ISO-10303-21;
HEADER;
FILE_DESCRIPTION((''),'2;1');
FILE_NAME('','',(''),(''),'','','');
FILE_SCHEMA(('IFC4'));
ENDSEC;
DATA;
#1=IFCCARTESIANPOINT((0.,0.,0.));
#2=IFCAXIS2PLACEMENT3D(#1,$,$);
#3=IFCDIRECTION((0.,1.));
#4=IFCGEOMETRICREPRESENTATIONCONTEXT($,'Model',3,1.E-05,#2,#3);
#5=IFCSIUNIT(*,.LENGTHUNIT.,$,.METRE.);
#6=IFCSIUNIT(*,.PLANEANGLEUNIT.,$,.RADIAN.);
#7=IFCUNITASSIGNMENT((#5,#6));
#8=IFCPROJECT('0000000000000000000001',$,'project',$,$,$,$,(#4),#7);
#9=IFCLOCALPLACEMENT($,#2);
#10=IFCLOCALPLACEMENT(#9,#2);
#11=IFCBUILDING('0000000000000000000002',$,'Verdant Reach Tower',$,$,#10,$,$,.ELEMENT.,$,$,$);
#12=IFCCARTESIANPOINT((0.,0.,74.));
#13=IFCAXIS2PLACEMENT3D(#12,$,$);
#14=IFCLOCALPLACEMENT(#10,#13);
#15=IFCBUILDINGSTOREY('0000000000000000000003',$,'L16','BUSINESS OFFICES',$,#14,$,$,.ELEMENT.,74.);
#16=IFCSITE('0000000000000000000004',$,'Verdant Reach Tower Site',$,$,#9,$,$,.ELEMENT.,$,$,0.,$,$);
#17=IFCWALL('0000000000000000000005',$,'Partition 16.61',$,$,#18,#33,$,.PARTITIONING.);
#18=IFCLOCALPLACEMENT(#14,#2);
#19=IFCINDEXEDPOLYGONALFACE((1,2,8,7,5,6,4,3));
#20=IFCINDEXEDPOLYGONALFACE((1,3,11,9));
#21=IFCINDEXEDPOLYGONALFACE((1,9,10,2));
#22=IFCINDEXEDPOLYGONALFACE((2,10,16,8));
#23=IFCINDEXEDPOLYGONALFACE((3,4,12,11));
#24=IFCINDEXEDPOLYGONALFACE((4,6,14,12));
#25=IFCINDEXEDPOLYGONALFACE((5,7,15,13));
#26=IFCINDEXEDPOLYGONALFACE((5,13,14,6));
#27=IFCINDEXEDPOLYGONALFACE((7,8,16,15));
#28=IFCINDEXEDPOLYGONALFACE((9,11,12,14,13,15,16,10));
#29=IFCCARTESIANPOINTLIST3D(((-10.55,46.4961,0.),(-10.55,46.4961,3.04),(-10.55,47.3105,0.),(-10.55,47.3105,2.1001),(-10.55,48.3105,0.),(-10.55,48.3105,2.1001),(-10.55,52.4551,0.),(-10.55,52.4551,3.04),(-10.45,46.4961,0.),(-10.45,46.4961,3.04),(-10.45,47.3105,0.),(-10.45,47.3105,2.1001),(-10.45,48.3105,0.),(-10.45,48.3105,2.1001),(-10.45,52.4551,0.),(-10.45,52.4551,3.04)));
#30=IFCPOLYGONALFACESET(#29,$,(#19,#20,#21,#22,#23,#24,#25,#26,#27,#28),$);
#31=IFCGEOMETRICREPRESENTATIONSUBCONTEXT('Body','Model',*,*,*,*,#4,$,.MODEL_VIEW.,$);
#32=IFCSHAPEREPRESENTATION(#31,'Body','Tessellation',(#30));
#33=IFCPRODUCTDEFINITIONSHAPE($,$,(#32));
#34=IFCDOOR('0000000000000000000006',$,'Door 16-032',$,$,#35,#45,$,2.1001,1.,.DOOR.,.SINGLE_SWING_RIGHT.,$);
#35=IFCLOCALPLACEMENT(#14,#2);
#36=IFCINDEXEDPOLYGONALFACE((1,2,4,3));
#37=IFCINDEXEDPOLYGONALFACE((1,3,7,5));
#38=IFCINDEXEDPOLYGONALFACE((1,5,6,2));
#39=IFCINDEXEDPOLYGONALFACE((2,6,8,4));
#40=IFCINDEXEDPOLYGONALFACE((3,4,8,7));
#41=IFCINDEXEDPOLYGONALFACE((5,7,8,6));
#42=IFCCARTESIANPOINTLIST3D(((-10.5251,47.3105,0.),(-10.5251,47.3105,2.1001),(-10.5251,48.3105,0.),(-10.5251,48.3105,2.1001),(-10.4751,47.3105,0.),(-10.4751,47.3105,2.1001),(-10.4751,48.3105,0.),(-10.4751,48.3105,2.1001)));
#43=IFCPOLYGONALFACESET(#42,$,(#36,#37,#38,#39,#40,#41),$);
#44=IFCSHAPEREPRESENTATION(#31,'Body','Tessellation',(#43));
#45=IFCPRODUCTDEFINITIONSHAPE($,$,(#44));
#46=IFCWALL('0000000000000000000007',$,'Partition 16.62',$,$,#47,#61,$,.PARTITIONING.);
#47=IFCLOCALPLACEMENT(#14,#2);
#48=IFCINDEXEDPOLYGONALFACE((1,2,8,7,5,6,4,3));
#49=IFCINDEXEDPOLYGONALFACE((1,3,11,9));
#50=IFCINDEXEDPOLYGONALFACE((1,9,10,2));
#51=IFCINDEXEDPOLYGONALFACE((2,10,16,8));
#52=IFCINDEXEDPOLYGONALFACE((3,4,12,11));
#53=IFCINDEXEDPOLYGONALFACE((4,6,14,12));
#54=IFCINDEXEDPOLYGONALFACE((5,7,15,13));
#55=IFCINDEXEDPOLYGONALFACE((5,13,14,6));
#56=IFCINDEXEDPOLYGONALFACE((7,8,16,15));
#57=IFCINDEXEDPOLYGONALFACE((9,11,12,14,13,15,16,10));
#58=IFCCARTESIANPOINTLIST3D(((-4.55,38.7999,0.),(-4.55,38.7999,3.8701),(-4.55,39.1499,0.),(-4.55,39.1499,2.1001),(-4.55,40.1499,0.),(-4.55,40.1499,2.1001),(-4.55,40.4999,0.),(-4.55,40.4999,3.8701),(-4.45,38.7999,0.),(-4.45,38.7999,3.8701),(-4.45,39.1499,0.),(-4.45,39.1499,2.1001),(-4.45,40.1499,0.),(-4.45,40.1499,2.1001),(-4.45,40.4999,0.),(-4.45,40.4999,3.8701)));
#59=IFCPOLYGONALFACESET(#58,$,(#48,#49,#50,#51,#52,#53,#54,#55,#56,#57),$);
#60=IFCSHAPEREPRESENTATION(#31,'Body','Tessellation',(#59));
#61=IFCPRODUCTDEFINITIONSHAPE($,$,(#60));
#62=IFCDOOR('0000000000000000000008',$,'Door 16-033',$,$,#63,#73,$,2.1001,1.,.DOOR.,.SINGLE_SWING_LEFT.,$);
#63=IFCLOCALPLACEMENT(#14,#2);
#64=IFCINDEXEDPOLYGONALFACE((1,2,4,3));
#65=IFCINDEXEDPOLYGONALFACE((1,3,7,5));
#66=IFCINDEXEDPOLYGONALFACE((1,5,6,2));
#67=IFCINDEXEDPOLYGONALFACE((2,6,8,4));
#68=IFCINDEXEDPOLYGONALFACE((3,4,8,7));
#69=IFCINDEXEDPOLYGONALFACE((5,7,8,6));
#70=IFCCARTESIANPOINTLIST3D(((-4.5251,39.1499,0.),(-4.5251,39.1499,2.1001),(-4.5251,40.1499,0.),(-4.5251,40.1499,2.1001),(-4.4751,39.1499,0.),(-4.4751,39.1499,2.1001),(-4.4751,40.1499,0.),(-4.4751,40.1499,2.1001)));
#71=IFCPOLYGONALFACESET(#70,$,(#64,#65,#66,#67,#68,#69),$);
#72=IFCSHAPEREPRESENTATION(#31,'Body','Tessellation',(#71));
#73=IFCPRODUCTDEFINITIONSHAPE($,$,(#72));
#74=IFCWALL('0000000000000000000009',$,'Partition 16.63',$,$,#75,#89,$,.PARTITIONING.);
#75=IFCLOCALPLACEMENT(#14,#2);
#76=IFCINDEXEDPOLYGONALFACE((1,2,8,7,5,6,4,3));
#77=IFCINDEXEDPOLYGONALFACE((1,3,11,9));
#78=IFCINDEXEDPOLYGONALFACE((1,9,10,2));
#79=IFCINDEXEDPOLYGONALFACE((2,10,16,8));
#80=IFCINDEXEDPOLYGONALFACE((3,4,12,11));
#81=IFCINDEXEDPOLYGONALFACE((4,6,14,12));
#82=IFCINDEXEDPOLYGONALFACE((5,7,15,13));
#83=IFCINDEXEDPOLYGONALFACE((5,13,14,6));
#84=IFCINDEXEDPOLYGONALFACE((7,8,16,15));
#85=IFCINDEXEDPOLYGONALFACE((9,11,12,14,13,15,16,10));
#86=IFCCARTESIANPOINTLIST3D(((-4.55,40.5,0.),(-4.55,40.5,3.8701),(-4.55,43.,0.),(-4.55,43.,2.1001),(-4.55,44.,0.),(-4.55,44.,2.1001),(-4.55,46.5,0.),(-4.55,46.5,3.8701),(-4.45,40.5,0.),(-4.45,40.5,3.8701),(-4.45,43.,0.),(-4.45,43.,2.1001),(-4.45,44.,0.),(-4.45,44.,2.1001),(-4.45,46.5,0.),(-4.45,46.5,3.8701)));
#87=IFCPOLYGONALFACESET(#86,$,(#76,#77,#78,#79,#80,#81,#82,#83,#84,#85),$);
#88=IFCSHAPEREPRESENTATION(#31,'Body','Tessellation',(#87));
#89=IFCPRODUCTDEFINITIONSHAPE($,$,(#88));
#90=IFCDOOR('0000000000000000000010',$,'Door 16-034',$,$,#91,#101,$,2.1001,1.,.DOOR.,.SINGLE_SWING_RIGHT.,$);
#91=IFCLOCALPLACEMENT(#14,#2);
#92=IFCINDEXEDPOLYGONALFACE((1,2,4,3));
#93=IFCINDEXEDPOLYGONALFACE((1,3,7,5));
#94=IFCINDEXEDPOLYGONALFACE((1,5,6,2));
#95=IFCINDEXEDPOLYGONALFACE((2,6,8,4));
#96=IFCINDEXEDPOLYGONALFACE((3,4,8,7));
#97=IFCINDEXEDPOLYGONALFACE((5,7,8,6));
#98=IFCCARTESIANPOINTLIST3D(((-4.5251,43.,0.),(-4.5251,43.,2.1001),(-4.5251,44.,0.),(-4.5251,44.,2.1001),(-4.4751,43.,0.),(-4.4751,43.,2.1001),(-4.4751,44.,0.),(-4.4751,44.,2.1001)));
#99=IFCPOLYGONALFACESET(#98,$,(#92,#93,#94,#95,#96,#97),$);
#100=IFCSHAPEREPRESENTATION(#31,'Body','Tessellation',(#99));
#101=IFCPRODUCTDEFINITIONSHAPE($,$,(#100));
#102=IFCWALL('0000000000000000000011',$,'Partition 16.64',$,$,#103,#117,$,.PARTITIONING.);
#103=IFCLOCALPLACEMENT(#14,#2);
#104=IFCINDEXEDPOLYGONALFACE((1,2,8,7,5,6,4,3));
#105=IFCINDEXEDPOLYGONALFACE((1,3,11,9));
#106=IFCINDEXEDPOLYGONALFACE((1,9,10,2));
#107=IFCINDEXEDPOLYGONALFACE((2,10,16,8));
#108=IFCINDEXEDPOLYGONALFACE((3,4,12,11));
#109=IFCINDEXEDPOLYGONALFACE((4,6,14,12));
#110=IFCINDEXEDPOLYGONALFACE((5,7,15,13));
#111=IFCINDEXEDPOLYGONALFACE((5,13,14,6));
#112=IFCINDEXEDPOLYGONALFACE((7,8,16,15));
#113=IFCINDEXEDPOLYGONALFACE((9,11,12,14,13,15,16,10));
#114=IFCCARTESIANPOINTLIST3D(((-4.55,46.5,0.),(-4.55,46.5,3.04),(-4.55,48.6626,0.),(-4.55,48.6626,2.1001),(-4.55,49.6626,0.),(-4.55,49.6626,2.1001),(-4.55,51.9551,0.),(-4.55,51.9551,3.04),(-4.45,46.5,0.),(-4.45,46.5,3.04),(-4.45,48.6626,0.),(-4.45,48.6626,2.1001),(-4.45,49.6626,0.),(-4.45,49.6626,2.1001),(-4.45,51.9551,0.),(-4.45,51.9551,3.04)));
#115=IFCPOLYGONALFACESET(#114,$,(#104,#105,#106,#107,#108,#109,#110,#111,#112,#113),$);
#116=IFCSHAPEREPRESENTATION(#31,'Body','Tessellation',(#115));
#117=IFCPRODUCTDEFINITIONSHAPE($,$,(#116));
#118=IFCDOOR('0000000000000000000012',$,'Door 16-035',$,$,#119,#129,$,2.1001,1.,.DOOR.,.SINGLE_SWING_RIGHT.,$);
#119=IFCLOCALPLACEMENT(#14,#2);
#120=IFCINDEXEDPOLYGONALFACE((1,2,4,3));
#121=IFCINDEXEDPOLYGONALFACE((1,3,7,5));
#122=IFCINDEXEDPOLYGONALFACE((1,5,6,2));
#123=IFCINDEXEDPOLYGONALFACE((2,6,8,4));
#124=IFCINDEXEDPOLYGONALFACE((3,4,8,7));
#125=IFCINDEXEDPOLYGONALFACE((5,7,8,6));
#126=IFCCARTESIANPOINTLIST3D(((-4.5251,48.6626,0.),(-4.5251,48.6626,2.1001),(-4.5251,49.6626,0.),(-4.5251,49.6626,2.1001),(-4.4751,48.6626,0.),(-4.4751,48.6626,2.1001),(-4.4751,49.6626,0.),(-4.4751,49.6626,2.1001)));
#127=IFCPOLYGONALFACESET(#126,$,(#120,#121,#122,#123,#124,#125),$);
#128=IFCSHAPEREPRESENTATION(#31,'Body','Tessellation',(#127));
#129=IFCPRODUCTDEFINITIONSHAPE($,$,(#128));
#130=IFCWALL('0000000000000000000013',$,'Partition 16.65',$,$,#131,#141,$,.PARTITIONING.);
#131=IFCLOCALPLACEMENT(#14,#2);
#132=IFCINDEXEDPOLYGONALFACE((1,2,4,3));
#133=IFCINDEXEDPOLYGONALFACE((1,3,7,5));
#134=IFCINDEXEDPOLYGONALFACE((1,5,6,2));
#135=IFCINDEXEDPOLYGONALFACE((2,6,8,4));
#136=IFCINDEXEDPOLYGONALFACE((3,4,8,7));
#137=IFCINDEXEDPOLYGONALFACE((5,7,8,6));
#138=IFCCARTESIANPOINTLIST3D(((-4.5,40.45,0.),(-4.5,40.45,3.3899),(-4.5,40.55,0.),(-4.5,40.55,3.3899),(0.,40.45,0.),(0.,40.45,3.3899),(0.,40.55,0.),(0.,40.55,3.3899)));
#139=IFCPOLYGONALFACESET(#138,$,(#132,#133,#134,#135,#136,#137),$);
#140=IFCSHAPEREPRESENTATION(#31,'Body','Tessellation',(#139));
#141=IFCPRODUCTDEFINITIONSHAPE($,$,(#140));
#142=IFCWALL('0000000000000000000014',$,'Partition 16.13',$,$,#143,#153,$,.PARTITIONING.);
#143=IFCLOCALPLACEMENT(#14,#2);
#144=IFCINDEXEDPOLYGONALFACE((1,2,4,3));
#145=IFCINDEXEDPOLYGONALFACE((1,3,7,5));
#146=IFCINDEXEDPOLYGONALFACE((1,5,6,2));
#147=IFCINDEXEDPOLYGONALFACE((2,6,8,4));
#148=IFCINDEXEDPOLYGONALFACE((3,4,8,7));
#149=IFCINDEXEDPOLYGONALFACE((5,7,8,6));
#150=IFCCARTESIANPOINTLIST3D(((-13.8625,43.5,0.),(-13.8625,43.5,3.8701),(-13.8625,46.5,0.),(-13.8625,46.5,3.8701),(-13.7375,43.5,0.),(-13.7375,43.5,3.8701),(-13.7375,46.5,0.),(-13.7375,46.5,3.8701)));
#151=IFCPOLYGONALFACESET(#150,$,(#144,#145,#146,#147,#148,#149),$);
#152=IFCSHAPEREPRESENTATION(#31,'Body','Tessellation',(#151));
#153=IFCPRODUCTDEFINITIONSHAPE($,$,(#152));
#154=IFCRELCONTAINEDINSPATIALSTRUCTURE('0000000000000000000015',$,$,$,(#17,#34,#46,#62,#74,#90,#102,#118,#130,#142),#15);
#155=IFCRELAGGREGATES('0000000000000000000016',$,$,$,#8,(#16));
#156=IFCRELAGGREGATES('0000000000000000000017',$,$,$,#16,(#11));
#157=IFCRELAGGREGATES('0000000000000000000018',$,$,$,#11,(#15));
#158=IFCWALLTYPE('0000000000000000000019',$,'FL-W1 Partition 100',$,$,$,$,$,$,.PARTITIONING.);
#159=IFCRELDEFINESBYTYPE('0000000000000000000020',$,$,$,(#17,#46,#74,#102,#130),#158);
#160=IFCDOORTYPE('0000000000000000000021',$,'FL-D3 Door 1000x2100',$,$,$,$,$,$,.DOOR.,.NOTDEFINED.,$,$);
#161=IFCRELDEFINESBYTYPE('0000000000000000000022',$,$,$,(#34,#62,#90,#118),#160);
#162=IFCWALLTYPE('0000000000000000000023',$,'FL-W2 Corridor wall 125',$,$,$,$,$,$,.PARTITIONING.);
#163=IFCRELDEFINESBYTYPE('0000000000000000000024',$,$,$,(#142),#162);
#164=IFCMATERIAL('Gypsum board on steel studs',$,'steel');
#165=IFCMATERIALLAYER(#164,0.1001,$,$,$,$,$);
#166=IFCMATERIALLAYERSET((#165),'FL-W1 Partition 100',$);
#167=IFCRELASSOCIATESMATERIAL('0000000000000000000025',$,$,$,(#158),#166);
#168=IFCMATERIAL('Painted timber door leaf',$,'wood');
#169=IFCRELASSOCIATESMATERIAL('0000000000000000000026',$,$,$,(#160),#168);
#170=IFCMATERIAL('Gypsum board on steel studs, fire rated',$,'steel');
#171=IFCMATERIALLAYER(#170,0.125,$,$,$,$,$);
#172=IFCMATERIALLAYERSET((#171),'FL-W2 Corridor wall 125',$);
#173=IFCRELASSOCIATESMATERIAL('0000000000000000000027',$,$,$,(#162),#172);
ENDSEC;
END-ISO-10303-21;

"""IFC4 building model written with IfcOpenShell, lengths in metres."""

from ifc_helpers import new_model, si_unit, direction, frame, frame_2d, origin, place, context, subcontext, project, spatial, rectangle, extrude, material, layer, layer_set, type_object, element, fill, save


model = new_model("IFC4")

# Units and contexts
model_context = context("Model", 3, precision=1e-05, world=origin(), true_north=direction((0.0, 1.0)))
body_context = subcontext(model_context, "Body", "Model", "MODEL_VIEW")
ifc_project = project(units=[si_unit("LENGTHUNIT", "METRE"), si_unit("PLANEANGLEUNIT", "RADIAN")], contexts=[model_context])

# Site, building, storey
site_placement = place(None, origin())
site = spatial("IfcSite", under=ifc_project, at=site_placement, Name="Verdant Reach Tower Site", CompositionType="ELEMENT", RefElevation=0.0)
building_placement = place(site_placement, origin())
building = spatial("IfcBuilding", under=site, at=building_placement, Name="Verdant Reach Tower", CompositionType="ELEMENT")
storey_placement = place(building_placement, frame((0.0, 0.0, 74.0)))
storey = spatial("IfcBuildingStorey", under=building, at=storey_placement, Name="L16", Description="BUSINESS OFFICES", CompositionType="ELEMENT", Elevation=74.0)

# Shared definitions
ifc_material_1 = material(Name="Gypsum board on steel studs", Category="steel")
ifc_layer_1 = layer(ifc_material_1, 0.1001)
ifc_layer_set_1 = layer_set([ifc_layer_1], Name="FL-W1 Partition 100")
wall_type_1 = type_object("IfcWallType", Name="FL-W1 Partition 100", PredefinedType="PARTITIONING", material=ifc_layer_set_1)

# Shared definitions
ifc_material_2 = material(Name="Painted timber door leaf", Category="wood")
door_type_1 = type_object("IfcDoorType", Name="FL-D3 Door 1000x2100", OperationType="NOTDEFINED", PredefinedType="DOOR", material=ifc_material_2)

# Walls, openings, doors
wall_1_placement = place(storey_placement, frame((-10.5, 52.4551, 0.0), z_axis=(0.0, 0.0, 1.0), x_axis=(0.0, -1.0, 0.0)))
wall_1 = element("IfcWall", 1, at=wall_1_placement, inside=storey, type_object=wall_type_1, Name="Partition 16.61", PredefinedType="PARTITIONING", context=body_context, shape_type="SweptSolid", body=[
    extrude(rectangle(XDim=5.959, YDim=0.1001, at=frame_2d((2.9795, 0.0))), origin(), (0.0, 0.0, 1.0), 3.04),
])
opening_1_placement = place(wall_1_placement, frame((4.1445, 0.0, 0.0)))
opening_1 = element("IfcOpeningElement", 2, at=opening_1_placement, cuts=wall_1, PredefinedType="OPENING", context=body_context, shape_type="SweptSolid", body=[
    extrude(rectangle(XDim=1.0, YDim=2.1001, at=frame_2d((0.5, 1.05))), frame((0.0, 0.0601, 0.0), z_axis=(0.0, -1.0, 0.0), x_axis=(1.0, 0.0, 0.0)), (0.0, 0.0, 1.0), 0.1201),
])
door_1_placement = place(opening_1_placement, origin())
door_1 = element("IfcDoor", 3, at=door_1_placement, inside=storey, type_object=door_type_1, Name="Door 16-032", OperationType="SINGLE_SWING_RIGHT", OverallHeight=2.1001, OverallWidth=1.0, PredefinedType="DOOR", context=body_context, shape_type="SweptSolid", body=[
    extrude(rectangle(XDim=1.0, YDim=2.1001, at=frame_2d((0.5, 1.05))), frame((0.0, 0.0249, 0.0), z_axis=(0.0, -1.0, 0.0), x_axis=(1.0, 0.0, 0.0)), (0.0, 0.0, 1.0), 0.05),
])
fill(opening_1, door_1)
wall_2_placement = place(storey_placement, frame((-4.5, 40.5, 0.0), z_axis=(0.0, 0.0, 1.0), x_axis=(0.0, -1.0, 0.0)))
wall_2 = element("IfcWall", 4, at=wall_2_placement, inside=storey, type_object=wall_type_1, Name="Partition 16.62", PredefinedType="PARTITIONING", context=body_context, shape_type="SweptSolid", body=[
    extrude(rectangle(XDim=1.7, YDim=0.1001, at=frame_2d((0.8501, 0.0))), origin(), (0.0, 0.0, 1.0), 3.8701),
])
opening_2_placement = place(wall_2_placement, frame((0.3501, 0.0, 0.0)))
opening_2 = element("IfcOpeningElement", 5, at=opening_2_placement, cuts=wall_2, PredefinedType="OPENING", context=body_context, shape_type="SweptSolid", body=[
    extrude(rectangle(XDim=1.0, YDim=2.1001, at=frame_2d((0.5, 1.05))), frame((0.0, 0.0601, 0.0), z_axis=(0.0, -1.0, 0.0), x_axis=(1.0, 0.0, 0.0)), (0.0, 0.0, 1.0), 0.1201),
])
door_2_placement = place(opening_2_placement, origin())
door_2 = element("IfcDoor", 6, at=door_2_placement, inside=storey, type_object=door_type_1, Name="Door 16-033", OperationType="SINGLE_SWING_LEFT", OverallHeight=2.1001, OverallWidth=1.0, PredefinedType="DOOR", context=body_context, shape_type="SweptSolid", body=[
    extrude(rectangle(XDim=1.0, YDim=2.1001, at=frame_2d((0.5, 1.05))), frame((0.0, 0.0249, 0.0), z_axis=(0.0, -1.0, 0.0), x_axis=(1.0, 0.0, 0.0)), (0.0, 0.0, 1.0), 0.05),
])
fill(opening_2, door_2)
wall_3_placement = place(storey_placement, frame((-4.5, 46.5, 0.0), z_axis=(0.0, 0.0, 1.0), x_axis=(0.0, -1.0, 0.0)))
wall_3 = element("IfcWall", 7, at=wall_3_placement, inside=storey, type_object=wall_type_1, Name="Partition 16.63", PredefinedType="PARTITIONING", context=body_context, shape_type="SweptSolid", body=[
    extrude(rectangle(XDim=6.0, YDim=0.1001, at=frame_2d((3.0, 0.0))), origin(), (0.0, 0.0, 1.0), 3.8701),
])
opening_3_placement = place(wall_3_placement, frame((2.5, 0.0, 0.0)))
opening_3 = element("IfcOpeningElement", 8, at=opening_3_placement, cuts=wall_3, PredefinedType="OPENING", context=body_context, shape_type="SweptSolid", body=[
    extrude(rectangle(XDim=1.0, YDim=2.1001, at=frame_2d((0.5, 1.05))), frame((0.0, 0.0601, 0.0), z_axis=(0.0, -1.0, 0.0), x_axis=(1.0, 0.0, 0.0)), (0.0, 0.0, 1.0), 0.1201),
])
door_3_placement = place(opening_3_placement, origin())
door_3 = element("IfcDoor", 9, at=door_3_placement, inside=storey, type_object=door_type_1, Name="Door 16-034", OperationType="SINGLE_SWING_RIGHT", OverallHeight=2.1001, OverallWidth=1.0, PredefinedType="DOOR", context=body_context, shape_type="SweptSolid", body=[
    extrude(rectangle(XDim=1.0, YDim=2.1001, at=frame_2d((0.5, 1.05))), frame((0.0, 0.0249, 0.0), z_axis=(0.0, -1.0, 0.0), x_axis=(1.0, 0.0, 0.0)), (0.0, 0.0, 1.0), 0.05),
])
fill(opening_3, door_3)
wall_4_placement = place(storey_placement, frame((-4.5, 51.9551, 0.0), z_axis=(0.0, 0.0, 1.0), x_axis=(0.0, -1.0, 0.0)))
wall_4 = element("IfcWall", 10, at=wall_4_placement, inside=storey, type_object=wall_type_1, Name="Partition 16.64", PredefinedType="PARTITIONING", context=body_context, shape_type="SweptSolid", body=[
    extrude(rectangle(XDim=5.4551, YDim=0.1001, at=frame_2d((2.7275, 0.0))), origin(), (0.0, 0.0, 1.0), 3.04),
])
opening_4_placement = place(wall_4_placement, frame((2.2925, 0.0, 0.0)))
opening_4 = element("IfcOpeningElement", 11, at=opening_4_placement, cuts=wall_4, PredefinedType="OPENING", context=body_context, shape_type="SweptSolid", body=[
    extrude(rectangle(XDim=1.0, YDim=2.1001, at=frame_2d((0.5, 1.05))), frame((0.0, 0.0601, 0.0), z_axis=(0.0, -1.0, 0.0), x_axis=(1.0, 0.0, 0.0)), (0.0, 0.0, 1.0), 0.1201),
])
door_4_placement = place(opening_4_placement, origin())
door_4 = element("IfcDoor", 12, at=door_4_placement, inside=storey, type_object=door_type_1, Name="Door 16-035", OperationType="SINGLE_SWING_RIGHT", OverallHeight=2.1001, OverallWidth=1.0, PredefinedType="DOOR", context=body_context, shape_type="SweptSolid", body=[
    extrude(rectangle(XDim=1.0, YDim=2.1001, at=frame_2d((0.5, 1.05))), frame((0.0, 0.0249, 0.0), z_axis=(0.0, -1.0, 0.0), x_axis=(1.0, 0.0, 0.0)), (0.0, 0.0, 1.0), 0.05),
])
fill(opening_4, door_4)

# Walls
wall_5_placement = place(storey_placement, frame((0.0, 40.5, 0.0), z_axis=(0.0, 0.0, 1.0), x_axis=(-1.0, 0.0, 0.0)))
element("IfcWall", 13, at=wall_5_placement, inside=storey, type_object=wall_type_1, Name="Partition 16.65", PredefinedType="PARTITIONING", context=body_context, shape_type="SweptSolid", body=[
    extrude(rectangle(XDim=4.5, YDim=0.1001, at=frame_2d((2.25, 0.0))), origin(), (0.0, 0.0, 1.0), 3.3899),
])
ifc_material_3 = material(Name="Gypsum board on steel studs, fire rated", Category="steel")
ifc_layer_2 = layer(ifc_material_3, 0.125)
ifc_layer_set_2 = layer_set([ifc_layer_2], Name="FL-W2 Corridor wall 125")
wall_type_2 = type_object("IfcWallType", Name="FL-W2 Corridor wall 125", PredefinedType="PARTITIONING", material=ifc_layer_set_2)
wall_6_placement = place(storey_placement, frame((-13.8, 43.5, 0.0), z_axis=(0.0, 0.0, 1.0), x_axis=(0.0, 1.0, 0.0)))
element("IfcWall", 14, at=wall_6_placement, inside=storey, type_object=wall_type_2, Name="Partition 16.13", PredefinedType="PARTITIONING", context=body_context, shape_type="SweptSolid", body=[
    extrude(rectangle(XDim=3.0, YDim=0.125, at=frame_2d((1.5, 0.0))), origin(), (0.0, 0.0, 1.0), 3.8701),
])

save(model, "model.ifc")
